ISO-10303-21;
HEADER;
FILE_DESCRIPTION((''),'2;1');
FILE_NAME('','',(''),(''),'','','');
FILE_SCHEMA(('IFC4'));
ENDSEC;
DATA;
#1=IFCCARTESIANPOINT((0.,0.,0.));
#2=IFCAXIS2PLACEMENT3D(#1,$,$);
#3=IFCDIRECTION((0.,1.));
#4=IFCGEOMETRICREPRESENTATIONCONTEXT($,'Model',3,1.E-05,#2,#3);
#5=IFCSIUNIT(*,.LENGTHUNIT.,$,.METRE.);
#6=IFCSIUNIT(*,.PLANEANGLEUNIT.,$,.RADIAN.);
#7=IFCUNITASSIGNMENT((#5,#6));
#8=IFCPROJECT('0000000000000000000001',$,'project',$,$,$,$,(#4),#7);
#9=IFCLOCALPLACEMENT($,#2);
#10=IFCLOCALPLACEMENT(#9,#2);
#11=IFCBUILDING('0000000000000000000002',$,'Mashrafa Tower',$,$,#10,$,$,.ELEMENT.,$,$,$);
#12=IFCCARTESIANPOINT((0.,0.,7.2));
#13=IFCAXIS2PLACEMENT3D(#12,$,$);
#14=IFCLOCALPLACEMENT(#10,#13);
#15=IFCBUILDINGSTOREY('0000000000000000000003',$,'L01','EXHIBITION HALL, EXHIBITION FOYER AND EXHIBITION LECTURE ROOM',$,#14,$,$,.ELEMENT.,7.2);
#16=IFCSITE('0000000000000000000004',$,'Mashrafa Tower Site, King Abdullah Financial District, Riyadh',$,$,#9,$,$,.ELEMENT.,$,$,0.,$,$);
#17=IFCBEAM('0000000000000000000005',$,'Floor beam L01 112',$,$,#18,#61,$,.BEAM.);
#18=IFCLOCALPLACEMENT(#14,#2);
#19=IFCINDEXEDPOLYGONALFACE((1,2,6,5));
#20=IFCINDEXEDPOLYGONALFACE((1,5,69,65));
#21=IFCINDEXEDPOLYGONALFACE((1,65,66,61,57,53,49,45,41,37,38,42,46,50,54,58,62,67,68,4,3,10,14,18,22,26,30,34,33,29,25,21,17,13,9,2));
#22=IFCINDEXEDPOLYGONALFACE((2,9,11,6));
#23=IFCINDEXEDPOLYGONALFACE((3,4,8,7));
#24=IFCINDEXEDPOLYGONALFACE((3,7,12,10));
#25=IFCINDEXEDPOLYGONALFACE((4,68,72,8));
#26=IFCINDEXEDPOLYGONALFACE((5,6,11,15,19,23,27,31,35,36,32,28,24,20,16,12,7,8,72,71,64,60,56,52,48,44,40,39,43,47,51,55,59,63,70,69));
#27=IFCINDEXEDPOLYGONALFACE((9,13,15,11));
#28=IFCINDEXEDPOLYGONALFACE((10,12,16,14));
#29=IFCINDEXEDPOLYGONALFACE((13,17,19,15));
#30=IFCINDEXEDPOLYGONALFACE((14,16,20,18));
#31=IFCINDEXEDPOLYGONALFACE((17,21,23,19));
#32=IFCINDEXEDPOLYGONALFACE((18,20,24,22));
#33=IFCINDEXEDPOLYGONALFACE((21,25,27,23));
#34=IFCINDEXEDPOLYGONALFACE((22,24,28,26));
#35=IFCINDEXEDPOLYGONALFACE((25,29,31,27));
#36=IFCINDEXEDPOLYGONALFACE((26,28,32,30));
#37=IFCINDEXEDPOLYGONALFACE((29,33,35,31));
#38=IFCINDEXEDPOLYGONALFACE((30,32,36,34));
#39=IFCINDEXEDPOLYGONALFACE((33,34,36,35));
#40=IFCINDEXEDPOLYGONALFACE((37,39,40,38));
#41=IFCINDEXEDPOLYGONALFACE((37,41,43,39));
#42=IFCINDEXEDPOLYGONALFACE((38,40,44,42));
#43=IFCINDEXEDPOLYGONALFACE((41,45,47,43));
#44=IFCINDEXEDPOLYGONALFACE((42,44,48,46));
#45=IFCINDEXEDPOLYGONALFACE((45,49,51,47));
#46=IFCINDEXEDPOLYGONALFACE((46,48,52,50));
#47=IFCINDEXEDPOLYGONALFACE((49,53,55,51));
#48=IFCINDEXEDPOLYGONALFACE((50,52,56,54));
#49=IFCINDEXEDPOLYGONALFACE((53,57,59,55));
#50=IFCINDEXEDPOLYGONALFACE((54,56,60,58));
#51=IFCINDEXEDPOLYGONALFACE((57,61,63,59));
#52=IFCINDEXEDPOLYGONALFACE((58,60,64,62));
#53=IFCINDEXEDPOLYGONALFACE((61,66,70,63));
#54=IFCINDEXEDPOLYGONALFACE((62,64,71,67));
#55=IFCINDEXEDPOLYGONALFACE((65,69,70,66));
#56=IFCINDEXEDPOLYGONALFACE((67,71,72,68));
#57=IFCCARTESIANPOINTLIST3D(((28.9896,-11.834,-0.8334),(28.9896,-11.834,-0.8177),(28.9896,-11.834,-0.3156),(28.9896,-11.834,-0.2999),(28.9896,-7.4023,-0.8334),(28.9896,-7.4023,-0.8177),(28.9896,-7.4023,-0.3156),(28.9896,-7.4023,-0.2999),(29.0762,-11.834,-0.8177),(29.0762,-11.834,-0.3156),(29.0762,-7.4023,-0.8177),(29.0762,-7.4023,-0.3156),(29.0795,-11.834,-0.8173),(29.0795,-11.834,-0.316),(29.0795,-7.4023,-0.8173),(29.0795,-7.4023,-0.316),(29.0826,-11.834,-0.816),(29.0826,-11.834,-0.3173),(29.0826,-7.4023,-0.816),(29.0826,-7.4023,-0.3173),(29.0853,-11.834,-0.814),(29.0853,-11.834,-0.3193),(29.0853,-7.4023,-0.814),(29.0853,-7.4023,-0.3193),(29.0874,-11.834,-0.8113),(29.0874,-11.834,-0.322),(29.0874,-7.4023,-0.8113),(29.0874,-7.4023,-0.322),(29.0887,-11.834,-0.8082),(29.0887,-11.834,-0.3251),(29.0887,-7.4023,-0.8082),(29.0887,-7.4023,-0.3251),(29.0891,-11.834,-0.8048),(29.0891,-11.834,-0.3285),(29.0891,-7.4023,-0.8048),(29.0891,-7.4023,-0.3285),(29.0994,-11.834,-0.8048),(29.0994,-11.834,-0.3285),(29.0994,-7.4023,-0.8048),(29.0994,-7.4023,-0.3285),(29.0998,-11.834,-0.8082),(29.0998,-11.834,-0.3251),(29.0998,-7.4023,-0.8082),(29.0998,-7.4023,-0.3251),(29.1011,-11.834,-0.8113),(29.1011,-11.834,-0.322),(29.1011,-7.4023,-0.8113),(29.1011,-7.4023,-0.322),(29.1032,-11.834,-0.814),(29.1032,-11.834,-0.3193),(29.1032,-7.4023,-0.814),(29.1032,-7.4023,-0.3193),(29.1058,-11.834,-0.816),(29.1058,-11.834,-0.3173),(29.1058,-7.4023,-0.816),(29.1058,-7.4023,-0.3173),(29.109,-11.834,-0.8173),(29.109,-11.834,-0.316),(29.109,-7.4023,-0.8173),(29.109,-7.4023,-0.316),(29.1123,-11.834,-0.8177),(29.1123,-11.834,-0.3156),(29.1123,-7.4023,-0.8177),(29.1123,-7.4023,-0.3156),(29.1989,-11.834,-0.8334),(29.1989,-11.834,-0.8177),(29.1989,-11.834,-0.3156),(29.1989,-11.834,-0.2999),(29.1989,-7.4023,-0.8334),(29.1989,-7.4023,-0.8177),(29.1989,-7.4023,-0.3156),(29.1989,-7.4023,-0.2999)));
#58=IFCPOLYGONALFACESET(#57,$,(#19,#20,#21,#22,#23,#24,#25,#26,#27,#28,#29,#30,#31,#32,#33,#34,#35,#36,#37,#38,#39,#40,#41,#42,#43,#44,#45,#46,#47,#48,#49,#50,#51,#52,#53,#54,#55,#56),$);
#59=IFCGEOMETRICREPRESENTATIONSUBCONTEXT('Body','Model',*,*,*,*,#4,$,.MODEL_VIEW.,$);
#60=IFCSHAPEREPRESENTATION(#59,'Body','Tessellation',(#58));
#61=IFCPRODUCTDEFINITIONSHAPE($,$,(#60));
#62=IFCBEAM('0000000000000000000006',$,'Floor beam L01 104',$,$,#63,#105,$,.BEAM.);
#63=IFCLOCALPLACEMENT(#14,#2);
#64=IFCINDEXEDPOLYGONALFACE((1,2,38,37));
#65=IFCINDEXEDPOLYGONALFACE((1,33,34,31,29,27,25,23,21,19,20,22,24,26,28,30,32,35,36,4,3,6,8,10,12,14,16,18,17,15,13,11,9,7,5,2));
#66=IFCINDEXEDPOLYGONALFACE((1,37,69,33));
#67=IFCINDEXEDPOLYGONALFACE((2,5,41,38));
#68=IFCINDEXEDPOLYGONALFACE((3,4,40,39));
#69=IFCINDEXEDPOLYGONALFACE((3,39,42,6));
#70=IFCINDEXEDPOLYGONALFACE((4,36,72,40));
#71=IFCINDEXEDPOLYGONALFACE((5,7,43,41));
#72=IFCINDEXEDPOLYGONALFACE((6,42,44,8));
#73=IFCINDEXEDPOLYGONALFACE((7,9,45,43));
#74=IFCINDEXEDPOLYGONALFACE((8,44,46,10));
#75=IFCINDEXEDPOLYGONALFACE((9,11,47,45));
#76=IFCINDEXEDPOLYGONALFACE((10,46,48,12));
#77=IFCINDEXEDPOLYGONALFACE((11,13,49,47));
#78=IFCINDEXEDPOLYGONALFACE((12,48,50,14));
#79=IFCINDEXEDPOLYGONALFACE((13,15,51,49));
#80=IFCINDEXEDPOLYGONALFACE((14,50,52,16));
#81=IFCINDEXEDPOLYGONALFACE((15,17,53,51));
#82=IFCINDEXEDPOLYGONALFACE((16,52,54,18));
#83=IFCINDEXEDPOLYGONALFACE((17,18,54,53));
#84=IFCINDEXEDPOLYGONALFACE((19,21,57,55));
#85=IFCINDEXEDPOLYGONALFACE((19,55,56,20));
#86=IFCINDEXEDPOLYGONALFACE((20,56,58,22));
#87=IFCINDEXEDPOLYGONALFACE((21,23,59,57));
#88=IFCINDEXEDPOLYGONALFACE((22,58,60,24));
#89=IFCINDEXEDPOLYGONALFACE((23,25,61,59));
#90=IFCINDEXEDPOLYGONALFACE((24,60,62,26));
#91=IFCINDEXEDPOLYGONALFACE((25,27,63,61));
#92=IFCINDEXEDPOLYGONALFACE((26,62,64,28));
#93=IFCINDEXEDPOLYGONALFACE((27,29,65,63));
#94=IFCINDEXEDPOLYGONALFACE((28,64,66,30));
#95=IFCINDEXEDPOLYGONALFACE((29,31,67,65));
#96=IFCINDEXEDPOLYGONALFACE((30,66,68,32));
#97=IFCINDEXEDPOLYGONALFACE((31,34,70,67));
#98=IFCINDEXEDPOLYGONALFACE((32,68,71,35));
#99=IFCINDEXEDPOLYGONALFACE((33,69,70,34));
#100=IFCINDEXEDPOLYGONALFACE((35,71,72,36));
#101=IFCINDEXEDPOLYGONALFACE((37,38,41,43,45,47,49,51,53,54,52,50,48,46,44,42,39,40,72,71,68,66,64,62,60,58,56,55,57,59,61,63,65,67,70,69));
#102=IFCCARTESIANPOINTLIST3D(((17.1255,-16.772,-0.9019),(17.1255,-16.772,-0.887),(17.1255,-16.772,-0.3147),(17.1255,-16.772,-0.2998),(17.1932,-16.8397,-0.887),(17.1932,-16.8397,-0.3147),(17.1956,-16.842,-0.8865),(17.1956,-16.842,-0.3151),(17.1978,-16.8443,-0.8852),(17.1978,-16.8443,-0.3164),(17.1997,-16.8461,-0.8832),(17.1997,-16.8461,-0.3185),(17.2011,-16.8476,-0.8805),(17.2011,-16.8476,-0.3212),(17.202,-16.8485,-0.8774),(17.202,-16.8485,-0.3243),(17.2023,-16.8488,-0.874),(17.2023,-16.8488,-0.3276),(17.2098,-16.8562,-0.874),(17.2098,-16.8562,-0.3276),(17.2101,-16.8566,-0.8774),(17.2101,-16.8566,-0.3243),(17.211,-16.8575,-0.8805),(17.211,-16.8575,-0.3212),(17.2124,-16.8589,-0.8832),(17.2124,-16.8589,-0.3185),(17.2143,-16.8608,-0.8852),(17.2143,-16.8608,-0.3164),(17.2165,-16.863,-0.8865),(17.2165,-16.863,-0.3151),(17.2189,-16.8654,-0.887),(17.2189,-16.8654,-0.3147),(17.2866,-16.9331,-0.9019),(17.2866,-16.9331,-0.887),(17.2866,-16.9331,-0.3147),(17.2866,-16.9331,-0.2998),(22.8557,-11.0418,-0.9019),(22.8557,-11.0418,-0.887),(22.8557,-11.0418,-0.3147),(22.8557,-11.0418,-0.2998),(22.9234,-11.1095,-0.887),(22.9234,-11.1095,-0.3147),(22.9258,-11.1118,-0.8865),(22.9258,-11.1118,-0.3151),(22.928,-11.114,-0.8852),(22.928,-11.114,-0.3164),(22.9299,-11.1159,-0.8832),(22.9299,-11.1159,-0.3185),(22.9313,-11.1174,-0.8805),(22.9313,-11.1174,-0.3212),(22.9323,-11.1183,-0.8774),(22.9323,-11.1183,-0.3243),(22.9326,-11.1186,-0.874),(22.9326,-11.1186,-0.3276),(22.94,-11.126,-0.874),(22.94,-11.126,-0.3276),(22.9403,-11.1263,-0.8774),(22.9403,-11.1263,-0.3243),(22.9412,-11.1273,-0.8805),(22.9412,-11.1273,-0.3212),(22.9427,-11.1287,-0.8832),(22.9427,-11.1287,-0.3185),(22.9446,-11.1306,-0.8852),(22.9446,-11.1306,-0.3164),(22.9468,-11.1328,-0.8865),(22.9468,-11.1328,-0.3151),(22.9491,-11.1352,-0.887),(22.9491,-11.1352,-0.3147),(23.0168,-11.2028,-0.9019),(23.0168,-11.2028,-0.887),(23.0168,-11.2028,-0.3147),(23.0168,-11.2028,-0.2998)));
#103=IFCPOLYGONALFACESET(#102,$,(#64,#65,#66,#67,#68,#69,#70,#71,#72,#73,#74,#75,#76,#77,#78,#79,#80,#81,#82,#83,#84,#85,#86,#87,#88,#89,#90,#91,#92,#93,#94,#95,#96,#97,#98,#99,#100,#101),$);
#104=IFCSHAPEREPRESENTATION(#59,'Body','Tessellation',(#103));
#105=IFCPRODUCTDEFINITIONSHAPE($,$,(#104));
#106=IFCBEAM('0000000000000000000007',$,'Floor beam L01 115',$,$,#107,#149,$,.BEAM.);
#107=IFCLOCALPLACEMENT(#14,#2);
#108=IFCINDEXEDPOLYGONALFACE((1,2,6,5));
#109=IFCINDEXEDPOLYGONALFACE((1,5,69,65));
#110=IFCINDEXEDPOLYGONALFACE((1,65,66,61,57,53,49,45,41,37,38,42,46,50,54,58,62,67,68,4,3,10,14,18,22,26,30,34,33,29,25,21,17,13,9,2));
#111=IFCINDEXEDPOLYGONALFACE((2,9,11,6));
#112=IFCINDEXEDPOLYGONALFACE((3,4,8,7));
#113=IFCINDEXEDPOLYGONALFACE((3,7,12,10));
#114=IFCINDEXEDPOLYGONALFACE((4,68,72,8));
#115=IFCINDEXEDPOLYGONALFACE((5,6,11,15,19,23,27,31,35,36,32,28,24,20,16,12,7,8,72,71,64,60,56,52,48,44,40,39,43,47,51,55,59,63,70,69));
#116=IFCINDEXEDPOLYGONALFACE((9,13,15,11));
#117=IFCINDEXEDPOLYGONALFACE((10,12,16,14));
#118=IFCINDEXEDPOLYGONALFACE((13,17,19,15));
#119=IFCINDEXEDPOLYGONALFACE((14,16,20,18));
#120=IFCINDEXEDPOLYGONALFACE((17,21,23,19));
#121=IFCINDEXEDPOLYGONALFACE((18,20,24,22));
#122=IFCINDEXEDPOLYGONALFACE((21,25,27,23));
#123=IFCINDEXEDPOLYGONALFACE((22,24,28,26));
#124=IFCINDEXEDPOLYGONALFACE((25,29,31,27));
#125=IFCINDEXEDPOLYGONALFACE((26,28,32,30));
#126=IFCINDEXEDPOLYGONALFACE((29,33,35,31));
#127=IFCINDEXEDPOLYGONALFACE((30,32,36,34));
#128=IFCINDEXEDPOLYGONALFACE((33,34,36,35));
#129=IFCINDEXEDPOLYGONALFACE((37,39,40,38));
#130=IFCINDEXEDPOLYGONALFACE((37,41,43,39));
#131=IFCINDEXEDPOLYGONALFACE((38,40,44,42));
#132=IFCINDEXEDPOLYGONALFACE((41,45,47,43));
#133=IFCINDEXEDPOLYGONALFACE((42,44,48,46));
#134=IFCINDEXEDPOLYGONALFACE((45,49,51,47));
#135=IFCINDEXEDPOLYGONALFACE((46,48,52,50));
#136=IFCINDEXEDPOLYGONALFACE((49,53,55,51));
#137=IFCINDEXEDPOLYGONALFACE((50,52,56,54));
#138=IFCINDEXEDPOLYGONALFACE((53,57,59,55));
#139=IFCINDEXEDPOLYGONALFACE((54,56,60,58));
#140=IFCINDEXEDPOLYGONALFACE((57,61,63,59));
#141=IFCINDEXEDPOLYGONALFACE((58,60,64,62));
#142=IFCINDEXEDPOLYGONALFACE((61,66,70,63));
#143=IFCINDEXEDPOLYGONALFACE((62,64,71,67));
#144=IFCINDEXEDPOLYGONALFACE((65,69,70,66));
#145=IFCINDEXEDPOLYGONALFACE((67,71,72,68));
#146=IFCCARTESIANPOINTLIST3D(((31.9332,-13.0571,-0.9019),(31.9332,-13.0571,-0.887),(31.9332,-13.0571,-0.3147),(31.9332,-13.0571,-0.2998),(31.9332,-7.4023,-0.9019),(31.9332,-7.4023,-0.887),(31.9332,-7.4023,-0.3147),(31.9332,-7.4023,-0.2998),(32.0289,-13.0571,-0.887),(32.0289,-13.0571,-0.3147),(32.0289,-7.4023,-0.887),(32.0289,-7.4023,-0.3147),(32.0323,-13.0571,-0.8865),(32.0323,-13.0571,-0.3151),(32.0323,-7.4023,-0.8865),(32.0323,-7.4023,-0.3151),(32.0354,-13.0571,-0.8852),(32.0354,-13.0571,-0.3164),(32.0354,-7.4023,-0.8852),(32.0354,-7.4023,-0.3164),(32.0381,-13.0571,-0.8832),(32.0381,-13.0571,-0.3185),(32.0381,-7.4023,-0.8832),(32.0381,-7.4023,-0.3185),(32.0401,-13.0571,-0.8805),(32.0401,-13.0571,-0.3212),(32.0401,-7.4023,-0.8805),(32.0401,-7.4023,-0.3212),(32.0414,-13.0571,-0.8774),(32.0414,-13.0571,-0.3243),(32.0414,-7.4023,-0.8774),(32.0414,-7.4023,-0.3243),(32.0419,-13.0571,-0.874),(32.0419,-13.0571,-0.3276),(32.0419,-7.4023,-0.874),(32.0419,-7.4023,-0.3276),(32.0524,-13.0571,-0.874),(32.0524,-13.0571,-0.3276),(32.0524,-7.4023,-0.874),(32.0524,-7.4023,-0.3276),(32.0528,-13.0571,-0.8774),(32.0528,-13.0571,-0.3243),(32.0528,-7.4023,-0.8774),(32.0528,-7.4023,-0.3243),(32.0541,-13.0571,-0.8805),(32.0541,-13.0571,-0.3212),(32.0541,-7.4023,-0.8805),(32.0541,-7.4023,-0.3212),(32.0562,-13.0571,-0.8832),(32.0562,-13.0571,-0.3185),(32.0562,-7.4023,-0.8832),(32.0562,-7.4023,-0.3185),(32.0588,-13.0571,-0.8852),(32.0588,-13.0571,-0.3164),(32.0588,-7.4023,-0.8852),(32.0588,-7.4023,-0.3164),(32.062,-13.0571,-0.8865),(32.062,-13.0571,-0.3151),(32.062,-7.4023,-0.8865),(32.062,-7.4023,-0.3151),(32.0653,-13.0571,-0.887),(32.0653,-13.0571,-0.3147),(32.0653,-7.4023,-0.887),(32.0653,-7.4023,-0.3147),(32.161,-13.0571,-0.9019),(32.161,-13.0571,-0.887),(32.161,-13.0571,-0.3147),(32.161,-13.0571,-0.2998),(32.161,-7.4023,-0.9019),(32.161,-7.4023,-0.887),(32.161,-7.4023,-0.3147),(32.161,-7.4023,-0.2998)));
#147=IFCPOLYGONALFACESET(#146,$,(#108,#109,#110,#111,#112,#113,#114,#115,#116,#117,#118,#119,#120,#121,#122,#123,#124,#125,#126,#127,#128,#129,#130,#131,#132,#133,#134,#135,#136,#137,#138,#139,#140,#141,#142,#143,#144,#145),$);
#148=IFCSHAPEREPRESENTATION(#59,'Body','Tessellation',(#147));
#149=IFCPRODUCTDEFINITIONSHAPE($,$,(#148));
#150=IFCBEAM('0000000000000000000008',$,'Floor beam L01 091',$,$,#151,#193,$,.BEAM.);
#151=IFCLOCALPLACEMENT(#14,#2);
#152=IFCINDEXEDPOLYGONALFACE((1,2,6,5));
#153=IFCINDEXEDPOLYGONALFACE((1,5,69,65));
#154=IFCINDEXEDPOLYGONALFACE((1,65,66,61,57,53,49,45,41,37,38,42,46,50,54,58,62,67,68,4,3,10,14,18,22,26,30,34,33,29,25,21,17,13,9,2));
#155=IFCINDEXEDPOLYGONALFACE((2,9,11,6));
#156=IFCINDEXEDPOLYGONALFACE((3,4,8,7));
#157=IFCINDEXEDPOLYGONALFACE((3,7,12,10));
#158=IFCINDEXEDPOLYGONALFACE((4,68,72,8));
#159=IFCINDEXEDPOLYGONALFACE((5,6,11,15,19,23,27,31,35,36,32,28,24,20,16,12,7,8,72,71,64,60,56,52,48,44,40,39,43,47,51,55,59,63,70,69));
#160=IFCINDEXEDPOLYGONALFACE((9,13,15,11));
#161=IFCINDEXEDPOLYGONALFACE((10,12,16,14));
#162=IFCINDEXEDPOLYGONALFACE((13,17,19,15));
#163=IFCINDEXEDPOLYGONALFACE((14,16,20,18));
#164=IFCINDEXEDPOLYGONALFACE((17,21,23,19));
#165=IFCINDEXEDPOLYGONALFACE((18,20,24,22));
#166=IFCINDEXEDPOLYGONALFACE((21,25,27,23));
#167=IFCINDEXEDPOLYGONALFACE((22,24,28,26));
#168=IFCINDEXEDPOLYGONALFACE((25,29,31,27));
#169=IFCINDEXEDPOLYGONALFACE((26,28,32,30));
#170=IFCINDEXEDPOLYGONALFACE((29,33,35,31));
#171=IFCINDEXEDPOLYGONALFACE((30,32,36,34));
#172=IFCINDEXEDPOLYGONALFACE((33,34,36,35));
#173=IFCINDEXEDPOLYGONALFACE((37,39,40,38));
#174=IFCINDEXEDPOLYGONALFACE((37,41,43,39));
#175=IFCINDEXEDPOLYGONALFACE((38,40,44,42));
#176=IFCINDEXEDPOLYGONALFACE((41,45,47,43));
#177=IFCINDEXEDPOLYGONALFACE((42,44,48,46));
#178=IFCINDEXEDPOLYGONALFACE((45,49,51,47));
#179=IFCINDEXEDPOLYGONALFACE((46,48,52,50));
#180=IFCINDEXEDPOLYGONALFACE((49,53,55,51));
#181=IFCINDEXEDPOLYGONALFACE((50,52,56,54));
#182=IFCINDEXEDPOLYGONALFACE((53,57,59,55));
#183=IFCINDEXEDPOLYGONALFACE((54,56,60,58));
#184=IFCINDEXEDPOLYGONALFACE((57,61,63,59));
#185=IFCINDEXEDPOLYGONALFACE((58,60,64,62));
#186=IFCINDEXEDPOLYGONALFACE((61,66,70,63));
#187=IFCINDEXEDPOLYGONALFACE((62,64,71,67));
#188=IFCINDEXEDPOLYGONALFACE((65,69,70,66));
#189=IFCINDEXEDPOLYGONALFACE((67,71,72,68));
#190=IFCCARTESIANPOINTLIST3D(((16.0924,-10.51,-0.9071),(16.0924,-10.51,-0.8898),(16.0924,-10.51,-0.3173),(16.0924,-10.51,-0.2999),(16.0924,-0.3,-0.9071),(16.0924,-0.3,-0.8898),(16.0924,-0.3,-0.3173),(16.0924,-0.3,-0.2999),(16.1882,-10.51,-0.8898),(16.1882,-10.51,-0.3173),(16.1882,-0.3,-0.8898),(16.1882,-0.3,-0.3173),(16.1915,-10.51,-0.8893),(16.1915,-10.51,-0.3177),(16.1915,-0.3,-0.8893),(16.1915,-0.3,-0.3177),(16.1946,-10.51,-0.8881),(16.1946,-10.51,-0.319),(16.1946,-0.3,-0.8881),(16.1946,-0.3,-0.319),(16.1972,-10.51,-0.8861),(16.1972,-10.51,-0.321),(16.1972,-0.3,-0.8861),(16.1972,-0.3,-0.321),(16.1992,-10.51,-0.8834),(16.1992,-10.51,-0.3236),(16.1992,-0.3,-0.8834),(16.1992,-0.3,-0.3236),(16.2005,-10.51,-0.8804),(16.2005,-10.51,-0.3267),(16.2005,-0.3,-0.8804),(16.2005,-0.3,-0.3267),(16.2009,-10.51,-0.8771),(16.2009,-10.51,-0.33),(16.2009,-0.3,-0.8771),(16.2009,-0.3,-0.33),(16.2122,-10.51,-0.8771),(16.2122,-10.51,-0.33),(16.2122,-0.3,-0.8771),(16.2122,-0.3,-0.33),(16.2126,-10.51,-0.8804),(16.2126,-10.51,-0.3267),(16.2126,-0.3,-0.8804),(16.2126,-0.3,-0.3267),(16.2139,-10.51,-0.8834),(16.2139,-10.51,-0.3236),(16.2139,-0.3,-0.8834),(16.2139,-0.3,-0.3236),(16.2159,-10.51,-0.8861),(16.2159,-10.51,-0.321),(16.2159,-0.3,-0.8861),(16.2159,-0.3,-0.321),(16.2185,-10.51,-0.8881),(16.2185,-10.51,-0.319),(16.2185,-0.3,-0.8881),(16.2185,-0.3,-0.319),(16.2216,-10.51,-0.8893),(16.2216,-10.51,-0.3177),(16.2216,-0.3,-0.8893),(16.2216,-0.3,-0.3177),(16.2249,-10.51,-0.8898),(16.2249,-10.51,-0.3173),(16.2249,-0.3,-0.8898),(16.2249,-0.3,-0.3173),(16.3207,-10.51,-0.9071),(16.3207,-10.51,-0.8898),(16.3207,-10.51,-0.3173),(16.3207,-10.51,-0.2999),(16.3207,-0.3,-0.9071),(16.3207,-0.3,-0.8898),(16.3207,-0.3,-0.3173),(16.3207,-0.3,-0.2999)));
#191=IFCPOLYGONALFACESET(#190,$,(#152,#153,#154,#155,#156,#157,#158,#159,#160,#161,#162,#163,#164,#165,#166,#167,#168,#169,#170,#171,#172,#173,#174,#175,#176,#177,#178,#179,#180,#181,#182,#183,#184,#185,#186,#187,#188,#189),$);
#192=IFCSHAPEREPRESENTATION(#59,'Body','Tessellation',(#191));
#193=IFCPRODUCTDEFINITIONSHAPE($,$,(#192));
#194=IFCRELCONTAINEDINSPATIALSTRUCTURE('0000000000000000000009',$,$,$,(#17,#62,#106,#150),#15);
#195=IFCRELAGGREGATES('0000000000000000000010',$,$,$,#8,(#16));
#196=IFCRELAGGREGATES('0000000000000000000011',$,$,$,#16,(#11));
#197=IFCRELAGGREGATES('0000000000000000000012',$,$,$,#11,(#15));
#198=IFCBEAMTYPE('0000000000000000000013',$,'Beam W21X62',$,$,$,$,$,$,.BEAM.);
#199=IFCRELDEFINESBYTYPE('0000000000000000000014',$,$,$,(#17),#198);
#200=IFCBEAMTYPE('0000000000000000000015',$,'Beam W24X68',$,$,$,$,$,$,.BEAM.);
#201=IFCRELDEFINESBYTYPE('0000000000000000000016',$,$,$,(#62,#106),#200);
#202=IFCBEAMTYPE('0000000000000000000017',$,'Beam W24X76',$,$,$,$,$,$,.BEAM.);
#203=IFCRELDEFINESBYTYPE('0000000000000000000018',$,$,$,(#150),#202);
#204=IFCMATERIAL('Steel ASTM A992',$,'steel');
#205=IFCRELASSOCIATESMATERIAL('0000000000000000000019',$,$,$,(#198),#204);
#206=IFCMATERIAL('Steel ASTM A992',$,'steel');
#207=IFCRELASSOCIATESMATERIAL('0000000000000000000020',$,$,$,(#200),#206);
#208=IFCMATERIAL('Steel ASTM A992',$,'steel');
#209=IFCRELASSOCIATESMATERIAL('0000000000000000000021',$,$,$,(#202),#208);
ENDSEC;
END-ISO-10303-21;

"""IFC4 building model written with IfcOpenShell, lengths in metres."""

from ifc_helpers import new_model, si_unit, direction, frame, origin, origin_2d, place, context, subcontext, project, spatial, i_section, extrude, material, material_profile, profile_set, type_object, element, save


model = new_model("IFC4")

# Units and contexts
model_context = context("Model", 3, precision=1e-05, world=origin(), true_north=direction((0.0, 1.0)))
body_context = subcontext(model_context, "Body", "Model", "MODEL_VIEW")
ifc_project = project(units=[si_unit("LENGTHUNIT", "METRE"), si_unit("PLANEANGLEUNIT", "RADIAN")], contexts=[model_context])

# Site, building, storey
site_placement = place(None, origin())
site = spatial("IfcSite", under=ifc_project, at=site_placement, Name="Mashrafa Tower Site, King Abdullah Financial District, Riyadh", CompositionType="ELEMENT", RefElevation=0.0)
building_placement = place(site_placement, origin())
building = spatial("IfcBuilding", under=site, at=building_placement, Name="Mashrafa Tower", CompositionType="ELEMENT")
storey_placement = place(building_placement, frame((0.0, 0.0, 7.2)))
storey = spatial("IfcBuildingStorey", under=building, at=storey_placement, Name="L01", Description="EXHIBITION HALL, EXHIBITION FOYER AND EXHIBITION LECTURE ROOM", CompositionType="ELEMENT", Elevation=7.2)

# Beams
ifc_material_1 = material(Name="Steel ASTM A992", Category="steel")
ifc_material_profile_1 = material_profile(ifc_material_1, i_section(OverallWidth=0.2092, OverallDepth=0.5334, WebThickness=0.0103, FlangeThickness=0.0156, FilletRadius=0.0129, at=origin_2d()), Name="W21X62")
ifc_profile_set_1 = profile_set([ifc_material_profile_1], Name="Steel ASTM A992")
beam_type_1 = type_object("IfcBeamType", Name="Beam W21X62", PredefinedType="BEAM", material=ifc_profile_set_1)
beam_1_placement = place(storey_placement, frame((29.0942, -7.4023, -0.5667), z_axis=(0.0, -1.0, 0.0), x_axis=(1.0, 0.0, 0.0)))
element("IfcBeam", 1, at=beam_1_placement, inside=storey, type_object=beam_type_1, Name="Floor beam L01 112", PredefinedType="BEAM", context=body_context, shape_type="SweptSolid", body=[
    extrude(i_section(OverallWidth=0.2092, OverallDepth=0.5334, WebThickness=0.0103, FlangeThickness=0.0156, FilletRadius=0.0129, at=origin_2d()), origin(), (0.0, 0.0, 1.0), 4.4316),
])
ifc_material_2 = material(Name="Steel ASTM A992", Category="steel")
ifc_material_profile_2 = material_profile(ifc_material_2, i_section(OverallWidth=0.2278, OverallDepth=0.6021, WebThickness=0.0105, FlangeThickness=0.0149, FilletRadius=0.0129, at=origin_2d()), Name="W24X68")
ifc_profile_set_2 = profile_set([ifc_material_profile_2], Name="Steel ASTM A992")
beam_type_2 = type_object("IfcBeamType", Name="Beam W24X68", PredefinedType="BEAM", material=ifc_profile_set_2)
beam_2_placement = place(storey_placement, frame((22.9363, -11.1223, -0.6008), z_axis=(-0.707107, -0.707107, 0.0), x_axis=(0.707107, -0.707107, 0.0)))
element("IfcBeam", 2, at=beam_2_placement, inside=storey, type_object=beam_type_2, Name="Floor beam L01 104", PredefinedType="BEAM", context=body_context, shape_type="SweptSolid", body=[
    extrude(i_section(OverallWidth=0.2278, OverallDepth=0.6021, WebThickness=0.0105, FlangeThickness=0.0149, FilletRadius=0.0129, at=origin_2d()), origin(), (0.0, 0.0, 1.0), 8.1038),
])
beam_3_placement = place(storey_placement, frame((32.0471, -7.4023, -0.6008), z_axis=(0.0, -1.0, 0.0), x_axis=(1.0, 0.0, 0.0)))
element("IfcBeam", 3, at=beam_3_placement, inside=storey, type_object=beam_type_2, Name="Floor beam L01 115", PredefinedType="BEAM", context=body_context, shape_type="SweptSolid", body=[
    extrude(i_section(OverallWidth=0.2278, OverallDepth=0.6021, WebThickness=0.0105, FlangeThickness=0.0149, FilletRadius=0.0129, at=origin_2d()), origin(), (0.0, 0.0, 1.0), 5.6548),
])
ifc_material_3 = material(Name="Steel ASTM A992", Category="steel")
ifc_material_profile_3 = material_profile(ifc_material_3, i_section(OverallWidth=0.2283, OverallDepth=0.6072, WebThickness=0.0112, FlangeThickness=0.0173, FilletRadius=0.0127, at=origin_2d()), Name="W24X76")
ifc_profile_set_3 = profile_set([ifc_material_profile_3], Name="Steel ASTM A992")
beam_type_3 = type_object("IfcBeamType", Name="Beam W24X76", PredefinedType="BEAM", material=ifc_profile_set_3)
beam_4_placement = place(storey_placement, frame((16.2065, -0.3, -0.6035), z_axis=(0.0, -1.0, 0.0), x_axis=(1.0, 0.0, 0.0)))
element("IfcBeam", 4, at=beam_4_placement, inside=storey, type_object=beam_type_3, Name="Floor beam L01 091", PredefinedType="BEAM", context=body_context, shape_type="SweptSolid", body=[
    extrude(i_section(OverallWidth=0.2283, OverallDepth=0.6072, WebThickness=0.0112, FlangeThickness=0.0173, FilletRadius=0.0127, at=origin_2d()), origin(), (0.0, 0.0, 1.0), 10.21),
])

save(model, "model.ifc")
